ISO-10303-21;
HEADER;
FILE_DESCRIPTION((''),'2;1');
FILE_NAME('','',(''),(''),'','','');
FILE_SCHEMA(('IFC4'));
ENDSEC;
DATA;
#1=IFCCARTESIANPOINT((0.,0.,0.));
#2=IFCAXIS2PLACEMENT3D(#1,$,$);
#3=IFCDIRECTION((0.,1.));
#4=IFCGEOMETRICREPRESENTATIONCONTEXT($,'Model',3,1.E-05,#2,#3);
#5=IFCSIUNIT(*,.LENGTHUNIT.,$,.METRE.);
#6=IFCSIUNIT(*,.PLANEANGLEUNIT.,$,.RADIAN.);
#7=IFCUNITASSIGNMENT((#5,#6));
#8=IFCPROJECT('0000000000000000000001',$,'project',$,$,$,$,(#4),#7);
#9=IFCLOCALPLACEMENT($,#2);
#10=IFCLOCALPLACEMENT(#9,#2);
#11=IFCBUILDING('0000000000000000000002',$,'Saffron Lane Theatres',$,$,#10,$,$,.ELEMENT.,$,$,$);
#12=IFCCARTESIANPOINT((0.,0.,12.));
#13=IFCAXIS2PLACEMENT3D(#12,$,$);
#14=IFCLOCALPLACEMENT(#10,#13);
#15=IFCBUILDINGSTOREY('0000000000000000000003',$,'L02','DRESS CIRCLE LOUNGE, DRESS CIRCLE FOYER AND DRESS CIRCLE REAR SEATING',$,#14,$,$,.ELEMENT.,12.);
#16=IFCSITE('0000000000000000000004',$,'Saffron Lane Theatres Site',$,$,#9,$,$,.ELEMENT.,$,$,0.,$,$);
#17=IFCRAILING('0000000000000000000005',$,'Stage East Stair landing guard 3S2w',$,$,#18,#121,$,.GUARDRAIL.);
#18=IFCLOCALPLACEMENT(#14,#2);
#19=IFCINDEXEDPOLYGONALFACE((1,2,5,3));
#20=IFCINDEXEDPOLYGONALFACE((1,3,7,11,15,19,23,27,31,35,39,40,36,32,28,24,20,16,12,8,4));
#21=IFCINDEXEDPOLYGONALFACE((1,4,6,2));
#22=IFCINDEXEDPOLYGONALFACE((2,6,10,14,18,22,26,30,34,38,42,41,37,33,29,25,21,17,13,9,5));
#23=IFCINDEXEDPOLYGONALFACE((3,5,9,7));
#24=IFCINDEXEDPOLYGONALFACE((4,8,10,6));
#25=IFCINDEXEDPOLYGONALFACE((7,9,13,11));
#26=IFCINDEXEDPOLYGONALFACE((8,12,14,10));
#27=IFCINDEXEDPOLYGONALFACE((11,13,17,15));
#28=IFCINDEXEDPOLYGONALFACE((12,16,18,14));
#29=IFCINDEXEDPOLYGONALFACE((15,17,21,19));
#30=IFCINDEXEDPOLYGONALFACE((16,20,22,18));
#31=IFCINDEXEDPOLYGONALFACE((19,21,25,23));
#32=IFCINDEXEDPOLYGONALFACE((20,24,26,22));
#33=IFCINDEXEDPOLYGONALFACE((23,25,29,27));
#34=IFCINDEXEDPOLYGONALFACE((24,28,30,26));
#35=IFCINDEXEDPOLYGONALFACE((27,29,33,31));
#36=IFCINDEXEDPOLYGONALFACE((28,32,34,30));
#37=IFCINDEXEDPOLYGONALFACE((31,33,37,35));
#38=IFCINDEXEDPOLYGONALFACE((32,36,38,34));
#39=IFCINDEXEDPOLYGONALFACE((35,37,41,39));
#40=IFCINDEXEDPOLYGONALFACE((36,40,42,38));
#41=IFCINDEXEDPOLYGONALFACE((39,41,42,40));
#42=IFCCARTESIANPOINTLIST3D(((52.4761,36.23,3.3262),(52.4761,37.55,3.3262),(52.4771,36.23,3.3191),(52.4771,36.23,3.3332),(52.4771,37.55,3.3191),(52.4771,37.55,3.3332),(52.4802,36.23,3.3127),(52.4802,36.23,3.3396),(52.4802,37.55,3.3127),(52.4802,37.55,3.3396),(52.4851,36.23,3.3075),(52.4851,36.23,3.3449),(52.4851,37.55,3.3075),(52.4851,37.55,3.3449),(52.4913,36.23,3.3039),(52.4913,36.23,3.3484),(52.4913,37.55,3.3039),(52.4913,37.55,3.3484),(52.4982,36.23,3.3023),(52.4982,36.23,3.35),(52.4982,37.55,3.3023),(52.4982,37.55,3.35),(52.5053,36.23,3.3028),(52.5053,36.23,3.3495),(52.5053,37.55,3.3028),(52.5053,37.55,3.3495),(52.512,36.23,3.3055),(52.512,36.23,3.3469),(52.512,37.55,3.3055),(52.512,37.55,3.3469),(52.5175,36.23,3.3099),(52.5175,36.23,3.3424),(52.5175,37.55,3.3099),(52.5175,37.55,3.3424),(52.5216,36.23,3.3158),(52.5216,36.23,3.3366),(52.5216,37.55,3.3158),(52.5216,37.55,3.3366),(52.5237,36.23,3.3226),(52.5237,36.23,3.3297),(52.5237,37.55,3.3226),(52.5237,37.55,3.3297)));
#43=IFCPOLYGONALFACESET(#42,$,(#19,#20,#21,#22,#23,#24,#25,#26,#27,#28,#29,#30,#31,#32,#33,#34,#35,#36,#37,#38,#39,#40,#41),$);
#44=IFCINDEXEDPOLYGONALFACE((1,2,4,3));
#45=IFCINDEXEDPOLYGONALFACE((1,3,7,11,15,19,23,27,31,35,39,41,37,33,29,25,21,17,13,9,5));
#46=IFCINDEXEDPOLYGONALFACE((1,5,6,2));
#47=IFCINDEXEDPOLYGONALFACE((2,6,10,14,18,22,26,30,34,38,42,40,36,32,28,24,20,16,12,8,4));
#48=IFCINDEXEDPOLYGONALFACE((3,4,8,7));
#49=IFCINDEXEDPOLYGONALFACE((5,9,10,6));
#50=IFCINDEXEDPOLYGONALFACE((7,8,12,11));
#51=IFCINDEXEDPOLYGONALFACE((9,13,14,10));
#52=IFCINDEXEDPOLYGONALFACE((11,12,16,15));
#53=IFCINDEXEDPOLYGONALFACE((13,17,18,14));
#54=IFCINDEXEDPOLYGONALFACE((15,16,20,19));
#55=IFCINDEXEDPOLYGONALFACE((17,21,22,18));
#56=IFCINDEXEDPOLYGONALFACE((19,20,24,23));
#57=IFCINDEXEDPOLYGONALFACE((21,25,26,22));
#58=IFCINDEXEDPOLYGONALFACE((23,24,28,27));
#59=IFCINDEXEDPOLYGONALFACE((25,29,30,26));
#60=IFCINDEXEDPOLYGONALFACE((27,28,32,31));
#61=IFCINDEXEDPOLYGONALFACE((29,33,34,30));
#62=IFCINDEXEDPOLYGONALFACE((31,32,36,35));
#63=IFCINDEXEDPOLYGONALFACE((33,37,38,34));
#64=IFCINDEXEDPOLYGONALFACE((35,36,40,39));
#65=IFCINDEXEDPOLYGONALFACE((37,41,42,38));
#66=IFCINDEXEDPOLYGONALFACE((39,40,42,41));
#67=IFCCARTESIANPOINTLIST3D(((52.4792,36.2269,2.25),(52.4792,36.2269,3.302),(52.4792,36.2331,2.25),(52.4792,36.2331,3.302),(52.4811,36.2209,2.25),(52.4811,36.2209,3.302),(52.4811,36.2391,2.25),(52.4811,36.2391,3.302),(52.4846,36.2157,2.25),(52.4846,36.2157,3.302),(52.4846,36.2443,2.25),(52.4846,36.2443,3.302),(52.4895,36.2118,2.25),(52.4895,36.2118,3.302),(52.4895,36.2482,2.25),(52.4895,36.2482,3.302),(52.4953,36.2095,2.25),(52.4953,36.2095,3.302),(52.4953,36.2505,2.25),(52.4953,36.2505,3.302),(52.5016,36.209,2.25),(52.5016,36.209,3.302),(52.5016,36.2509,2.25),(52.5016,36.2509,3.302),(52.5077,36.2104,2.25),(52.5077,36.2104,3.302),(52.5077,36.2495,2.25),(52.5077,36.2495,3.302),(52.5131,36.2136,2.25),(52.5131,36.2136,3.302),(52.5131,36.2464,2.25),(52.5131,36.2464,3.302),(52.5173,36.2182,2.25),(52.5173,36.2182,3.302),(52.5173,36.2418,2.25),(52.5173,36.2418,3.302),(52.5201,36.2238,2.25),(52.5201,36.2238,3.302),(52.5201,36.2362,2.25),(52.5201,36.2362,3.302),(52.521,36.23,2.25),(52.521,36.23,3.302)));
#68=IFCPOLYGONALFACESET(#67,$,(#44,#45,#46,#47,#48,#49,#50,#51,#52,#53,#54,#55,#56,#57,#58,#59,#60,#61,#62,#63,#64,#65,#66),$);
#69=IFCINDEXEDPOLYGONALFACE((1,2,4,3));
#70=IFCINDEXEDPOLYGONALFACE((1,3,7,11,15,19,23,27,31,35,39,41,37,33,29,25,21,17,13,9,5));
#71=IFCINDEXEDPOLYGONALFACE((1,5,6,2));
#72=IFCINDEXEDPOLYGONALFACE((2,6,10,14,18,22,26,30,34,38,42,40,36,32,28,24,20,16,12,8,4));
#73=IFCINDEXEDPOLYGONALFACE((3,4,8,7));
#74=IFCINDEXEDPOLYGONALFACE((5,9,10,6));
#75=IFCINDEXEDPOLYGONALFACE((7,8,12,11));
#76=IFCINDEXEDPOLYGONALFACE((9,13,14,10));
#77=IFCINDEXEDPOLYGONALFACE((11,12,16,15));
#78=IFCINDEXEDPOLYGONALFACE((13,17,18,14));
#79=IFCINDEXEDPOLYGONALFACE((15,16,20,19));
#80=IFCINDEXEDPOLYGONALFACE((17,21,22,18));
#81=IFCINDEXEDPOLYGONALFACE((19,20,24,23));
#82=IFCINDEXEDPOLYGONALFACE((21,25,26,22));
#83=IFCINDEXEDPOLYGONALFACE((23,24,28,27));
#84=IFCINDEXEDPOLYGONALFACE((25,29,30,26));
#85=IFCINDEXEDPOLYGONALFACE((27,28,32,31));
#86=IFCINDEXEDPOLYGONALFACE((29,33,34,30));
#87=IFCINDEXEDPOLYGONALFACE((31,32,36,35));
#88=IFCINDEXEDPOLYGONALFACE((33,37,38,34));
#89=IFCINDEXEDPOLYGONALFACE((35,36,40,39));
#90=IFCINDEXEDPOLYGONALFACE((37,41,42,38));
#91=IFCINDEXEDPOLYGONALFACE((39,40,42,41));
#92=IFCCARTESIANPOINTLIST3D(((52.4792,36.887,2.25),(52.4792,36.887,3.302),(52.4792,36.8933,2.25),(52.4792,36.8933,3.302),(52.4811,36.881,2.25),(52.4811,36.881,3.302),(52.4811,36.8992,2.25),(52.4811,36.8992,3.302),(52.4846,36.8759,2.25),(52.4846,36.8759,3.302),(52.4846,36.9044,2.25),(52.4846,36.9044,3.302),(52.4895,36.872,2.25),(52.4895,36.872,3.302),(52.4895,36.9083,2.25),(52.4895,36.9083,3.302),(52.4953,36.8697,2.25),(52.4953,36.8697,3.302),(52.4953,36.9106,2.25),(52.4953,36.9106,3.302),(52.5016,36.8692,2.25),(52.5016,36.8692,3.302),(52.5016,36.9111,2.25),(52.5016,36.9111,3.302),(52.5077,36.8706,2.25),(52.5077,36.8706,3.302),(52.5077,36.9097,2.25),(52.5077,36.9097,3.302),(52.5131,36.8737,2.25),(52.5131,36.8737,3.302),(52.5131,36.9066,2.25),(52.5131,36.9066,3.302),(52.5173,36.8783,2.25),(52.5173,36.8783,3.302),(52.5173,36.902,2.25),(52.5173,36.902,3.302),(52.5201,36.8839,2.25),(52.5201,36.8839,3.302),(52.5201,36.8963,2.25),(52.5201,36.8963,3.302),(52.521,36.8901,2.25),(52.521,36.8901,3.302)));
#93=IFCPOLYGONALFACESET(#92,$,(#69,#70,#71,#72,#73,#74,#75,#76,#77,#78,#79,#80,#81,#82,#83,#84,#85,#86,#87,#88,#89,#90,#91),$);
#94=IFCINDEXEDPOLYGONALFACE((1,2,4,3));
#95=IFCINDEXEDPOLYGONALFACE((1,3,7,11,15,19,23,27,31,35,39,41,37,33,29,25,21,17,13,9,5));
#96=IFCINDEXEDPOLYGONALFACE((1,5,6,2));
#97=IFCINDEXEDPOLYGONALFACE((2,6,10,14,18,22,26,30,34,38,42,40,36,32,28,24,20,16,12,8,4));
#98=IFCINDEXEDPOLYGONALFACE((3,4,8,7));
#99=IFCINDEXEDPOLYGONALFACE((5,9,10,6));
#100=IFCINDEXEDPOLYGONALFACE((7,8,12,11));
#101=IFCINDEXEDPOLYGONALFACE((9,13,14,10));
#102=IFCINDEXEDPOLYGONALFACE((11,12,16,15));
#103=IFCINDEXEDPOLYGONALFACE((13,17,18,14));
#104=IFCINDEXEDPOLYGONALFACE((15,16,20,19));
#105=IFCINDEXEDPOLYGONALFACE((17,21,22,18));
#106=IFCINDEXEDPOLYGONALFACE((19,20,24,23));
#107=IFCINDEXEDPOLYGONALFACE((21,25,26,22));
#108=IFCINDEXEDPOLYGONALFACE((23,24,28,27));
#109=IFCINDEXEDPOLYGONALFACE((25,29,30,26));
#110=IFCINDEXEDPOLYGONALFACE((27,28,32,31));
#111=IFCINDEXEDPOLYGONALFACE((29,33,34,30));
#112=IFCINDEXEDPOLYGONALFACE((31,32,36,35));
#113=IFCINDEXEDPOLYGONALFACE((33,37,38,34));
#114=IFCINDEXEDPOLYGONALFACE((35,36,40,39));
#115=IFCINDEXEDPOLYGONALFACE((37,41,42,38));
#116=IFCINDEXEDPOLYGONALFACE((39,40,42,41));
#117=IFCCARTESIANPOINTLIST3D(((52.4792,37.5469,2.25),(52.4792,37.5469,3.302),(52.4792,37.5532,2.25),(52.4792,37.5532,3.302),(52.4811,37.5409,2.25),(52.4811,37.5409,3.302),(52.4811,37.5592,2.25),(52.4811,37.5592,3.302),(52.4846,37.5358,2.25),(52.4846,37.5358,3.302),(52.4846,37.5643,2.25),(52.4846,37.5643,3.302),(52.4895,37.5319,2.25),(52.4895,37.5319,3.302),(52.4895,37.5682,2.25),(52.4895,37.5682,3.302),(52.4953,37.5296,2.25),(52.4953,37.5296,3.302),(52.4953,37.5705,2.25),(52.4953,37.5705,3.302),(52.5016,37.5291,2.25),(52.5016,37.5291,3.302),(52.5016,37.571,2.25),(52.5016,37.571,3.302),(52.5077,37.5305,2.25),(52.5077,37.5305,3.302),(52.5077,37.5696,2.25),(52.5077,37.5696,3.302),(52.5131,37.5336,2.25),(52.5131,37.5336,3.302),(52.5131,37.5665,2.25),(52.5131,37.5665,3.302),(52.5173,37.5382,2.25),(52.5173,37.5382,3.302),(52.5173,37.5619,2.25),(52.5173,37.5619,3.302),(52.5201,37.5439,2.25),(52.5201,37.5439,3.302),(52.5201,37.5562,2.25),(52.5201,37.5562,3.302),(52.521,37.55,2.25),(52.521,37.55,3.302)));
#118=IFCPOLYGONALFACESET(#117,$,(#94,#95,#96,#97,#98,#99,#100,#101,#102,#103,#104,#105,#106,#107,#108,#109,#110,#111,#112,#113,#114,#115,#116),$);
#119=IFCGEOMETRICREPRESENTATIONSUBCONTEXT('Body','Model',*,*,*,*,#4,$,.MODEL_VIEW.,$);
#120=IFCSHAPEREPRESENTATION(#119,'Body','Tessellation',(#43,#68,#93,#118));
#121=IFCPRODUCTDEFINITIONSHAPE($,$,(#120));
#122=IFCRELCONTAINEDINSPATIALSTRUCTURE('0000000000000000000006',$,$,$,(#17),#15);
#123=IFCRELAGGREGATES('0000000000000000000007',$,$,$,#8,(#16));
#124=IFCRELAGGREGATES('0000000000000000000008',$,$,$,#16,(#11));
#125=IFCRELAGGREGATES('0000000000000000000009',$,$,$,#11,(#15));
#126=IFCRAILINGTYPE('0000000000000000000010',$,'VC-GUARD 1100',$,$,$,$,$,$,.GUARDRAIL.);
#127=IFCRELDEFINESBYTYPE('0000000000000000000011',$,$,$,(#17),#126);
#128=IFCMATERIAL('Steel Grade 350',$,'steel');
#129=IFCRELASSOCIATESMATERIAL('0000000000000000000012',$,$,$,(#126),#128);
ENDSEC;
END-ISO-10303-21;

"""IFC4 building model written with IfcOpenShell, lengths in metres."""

from ifc_helpers import new_model, si_unit, direction, frame, origin, origin_2d, place, context, subcontext, project, spatial, circle, extrude, material, type_object, element, save


model = new_model("IFC4")

# Units and contexts
model_context = context("Model", 3, precision=1e-05, world=origin(), true_north=direction((0.0, 1.0)))
body_context = subcontext(model_context, "Body", "Model", "MODEL_VIEW")
ifc_project = project(units=[si_unit("LENGTHUNIT", "METRE"), si_unit("PLANEANGLEUNIT", "RADIAN")], contexts=[model_context])

# Site, building, storey
site_placement = place(None, origin())
site = spatial("IfcSite", under=ifc_project, at=site_placement, Name="Saffron Lane Theatres Site", CompositionType="ELEMENT", RefElevation=0.0)
building_placement = place(site_placement, origin())
building = spatial("IfcBuilding", under=site, at=building_placement, Name="Saffron Lane Theatres", CompositionType="ELEMENT")
storey_placement = place(building_placement, frame((0.0, 0.0, 12.0)))
storey = spatial("IfcBuildingStorey", under=building, at=storey_placement, Name="L02", Description="DRESS CIRCLE LOUNGE, DRESS CIRCLE FOYER AND DRESS CIRCLE REAR SEATING", CompositionType="ELEMENT", Elevation=12.0)

# Railing
ifc_material_1 = material(Name="Steel Grade 350", Category="steel")
railing_type_1 = type_object("IfcRailingType", Name="VC-GUARD 1100", PredefinedType="GUARDRAIL", material=ifc_material_1)
railing_1_placement = place(storey_placement, frame((52.5, 36.23, 2.25)))
element("IfcRailing", 1, at=railing_1_placement, inside=storey, type_object=railing_type_1, Name="Stage East Stair landing guard 3S2w", PredefinedType="GUARDRAIL", context=body_context, shape_type="SweptSolid", body=[
    extrude(circle(Radius=0.0239, at=origin_2d()), frame((0.0, 0.0, 1.0762), z_axis=(0.0, 1.0, 0.0), x_axis=(-1.0, 0.0, 0.0)), (0.0, 0.0, 1.0), 1.3201),
    extrude(circle(Radius=0.021, at=origin_2d()), origin(), (0.0, 0.0, 1.0), 1.052),
    extrude(circle(Radius=0.021, at=origin_2d()), frame((0.0, 0.6602, 0.0)), (0.0, 0.0, 1.0), 1.052),
    extrude(circle(Radius=0.021, at=origin_2d()), frame((0.0, 1.3201, 0.0)), (0.0, 0.0, 1.0), 1.052),
])

save(model, "model.ifc")
